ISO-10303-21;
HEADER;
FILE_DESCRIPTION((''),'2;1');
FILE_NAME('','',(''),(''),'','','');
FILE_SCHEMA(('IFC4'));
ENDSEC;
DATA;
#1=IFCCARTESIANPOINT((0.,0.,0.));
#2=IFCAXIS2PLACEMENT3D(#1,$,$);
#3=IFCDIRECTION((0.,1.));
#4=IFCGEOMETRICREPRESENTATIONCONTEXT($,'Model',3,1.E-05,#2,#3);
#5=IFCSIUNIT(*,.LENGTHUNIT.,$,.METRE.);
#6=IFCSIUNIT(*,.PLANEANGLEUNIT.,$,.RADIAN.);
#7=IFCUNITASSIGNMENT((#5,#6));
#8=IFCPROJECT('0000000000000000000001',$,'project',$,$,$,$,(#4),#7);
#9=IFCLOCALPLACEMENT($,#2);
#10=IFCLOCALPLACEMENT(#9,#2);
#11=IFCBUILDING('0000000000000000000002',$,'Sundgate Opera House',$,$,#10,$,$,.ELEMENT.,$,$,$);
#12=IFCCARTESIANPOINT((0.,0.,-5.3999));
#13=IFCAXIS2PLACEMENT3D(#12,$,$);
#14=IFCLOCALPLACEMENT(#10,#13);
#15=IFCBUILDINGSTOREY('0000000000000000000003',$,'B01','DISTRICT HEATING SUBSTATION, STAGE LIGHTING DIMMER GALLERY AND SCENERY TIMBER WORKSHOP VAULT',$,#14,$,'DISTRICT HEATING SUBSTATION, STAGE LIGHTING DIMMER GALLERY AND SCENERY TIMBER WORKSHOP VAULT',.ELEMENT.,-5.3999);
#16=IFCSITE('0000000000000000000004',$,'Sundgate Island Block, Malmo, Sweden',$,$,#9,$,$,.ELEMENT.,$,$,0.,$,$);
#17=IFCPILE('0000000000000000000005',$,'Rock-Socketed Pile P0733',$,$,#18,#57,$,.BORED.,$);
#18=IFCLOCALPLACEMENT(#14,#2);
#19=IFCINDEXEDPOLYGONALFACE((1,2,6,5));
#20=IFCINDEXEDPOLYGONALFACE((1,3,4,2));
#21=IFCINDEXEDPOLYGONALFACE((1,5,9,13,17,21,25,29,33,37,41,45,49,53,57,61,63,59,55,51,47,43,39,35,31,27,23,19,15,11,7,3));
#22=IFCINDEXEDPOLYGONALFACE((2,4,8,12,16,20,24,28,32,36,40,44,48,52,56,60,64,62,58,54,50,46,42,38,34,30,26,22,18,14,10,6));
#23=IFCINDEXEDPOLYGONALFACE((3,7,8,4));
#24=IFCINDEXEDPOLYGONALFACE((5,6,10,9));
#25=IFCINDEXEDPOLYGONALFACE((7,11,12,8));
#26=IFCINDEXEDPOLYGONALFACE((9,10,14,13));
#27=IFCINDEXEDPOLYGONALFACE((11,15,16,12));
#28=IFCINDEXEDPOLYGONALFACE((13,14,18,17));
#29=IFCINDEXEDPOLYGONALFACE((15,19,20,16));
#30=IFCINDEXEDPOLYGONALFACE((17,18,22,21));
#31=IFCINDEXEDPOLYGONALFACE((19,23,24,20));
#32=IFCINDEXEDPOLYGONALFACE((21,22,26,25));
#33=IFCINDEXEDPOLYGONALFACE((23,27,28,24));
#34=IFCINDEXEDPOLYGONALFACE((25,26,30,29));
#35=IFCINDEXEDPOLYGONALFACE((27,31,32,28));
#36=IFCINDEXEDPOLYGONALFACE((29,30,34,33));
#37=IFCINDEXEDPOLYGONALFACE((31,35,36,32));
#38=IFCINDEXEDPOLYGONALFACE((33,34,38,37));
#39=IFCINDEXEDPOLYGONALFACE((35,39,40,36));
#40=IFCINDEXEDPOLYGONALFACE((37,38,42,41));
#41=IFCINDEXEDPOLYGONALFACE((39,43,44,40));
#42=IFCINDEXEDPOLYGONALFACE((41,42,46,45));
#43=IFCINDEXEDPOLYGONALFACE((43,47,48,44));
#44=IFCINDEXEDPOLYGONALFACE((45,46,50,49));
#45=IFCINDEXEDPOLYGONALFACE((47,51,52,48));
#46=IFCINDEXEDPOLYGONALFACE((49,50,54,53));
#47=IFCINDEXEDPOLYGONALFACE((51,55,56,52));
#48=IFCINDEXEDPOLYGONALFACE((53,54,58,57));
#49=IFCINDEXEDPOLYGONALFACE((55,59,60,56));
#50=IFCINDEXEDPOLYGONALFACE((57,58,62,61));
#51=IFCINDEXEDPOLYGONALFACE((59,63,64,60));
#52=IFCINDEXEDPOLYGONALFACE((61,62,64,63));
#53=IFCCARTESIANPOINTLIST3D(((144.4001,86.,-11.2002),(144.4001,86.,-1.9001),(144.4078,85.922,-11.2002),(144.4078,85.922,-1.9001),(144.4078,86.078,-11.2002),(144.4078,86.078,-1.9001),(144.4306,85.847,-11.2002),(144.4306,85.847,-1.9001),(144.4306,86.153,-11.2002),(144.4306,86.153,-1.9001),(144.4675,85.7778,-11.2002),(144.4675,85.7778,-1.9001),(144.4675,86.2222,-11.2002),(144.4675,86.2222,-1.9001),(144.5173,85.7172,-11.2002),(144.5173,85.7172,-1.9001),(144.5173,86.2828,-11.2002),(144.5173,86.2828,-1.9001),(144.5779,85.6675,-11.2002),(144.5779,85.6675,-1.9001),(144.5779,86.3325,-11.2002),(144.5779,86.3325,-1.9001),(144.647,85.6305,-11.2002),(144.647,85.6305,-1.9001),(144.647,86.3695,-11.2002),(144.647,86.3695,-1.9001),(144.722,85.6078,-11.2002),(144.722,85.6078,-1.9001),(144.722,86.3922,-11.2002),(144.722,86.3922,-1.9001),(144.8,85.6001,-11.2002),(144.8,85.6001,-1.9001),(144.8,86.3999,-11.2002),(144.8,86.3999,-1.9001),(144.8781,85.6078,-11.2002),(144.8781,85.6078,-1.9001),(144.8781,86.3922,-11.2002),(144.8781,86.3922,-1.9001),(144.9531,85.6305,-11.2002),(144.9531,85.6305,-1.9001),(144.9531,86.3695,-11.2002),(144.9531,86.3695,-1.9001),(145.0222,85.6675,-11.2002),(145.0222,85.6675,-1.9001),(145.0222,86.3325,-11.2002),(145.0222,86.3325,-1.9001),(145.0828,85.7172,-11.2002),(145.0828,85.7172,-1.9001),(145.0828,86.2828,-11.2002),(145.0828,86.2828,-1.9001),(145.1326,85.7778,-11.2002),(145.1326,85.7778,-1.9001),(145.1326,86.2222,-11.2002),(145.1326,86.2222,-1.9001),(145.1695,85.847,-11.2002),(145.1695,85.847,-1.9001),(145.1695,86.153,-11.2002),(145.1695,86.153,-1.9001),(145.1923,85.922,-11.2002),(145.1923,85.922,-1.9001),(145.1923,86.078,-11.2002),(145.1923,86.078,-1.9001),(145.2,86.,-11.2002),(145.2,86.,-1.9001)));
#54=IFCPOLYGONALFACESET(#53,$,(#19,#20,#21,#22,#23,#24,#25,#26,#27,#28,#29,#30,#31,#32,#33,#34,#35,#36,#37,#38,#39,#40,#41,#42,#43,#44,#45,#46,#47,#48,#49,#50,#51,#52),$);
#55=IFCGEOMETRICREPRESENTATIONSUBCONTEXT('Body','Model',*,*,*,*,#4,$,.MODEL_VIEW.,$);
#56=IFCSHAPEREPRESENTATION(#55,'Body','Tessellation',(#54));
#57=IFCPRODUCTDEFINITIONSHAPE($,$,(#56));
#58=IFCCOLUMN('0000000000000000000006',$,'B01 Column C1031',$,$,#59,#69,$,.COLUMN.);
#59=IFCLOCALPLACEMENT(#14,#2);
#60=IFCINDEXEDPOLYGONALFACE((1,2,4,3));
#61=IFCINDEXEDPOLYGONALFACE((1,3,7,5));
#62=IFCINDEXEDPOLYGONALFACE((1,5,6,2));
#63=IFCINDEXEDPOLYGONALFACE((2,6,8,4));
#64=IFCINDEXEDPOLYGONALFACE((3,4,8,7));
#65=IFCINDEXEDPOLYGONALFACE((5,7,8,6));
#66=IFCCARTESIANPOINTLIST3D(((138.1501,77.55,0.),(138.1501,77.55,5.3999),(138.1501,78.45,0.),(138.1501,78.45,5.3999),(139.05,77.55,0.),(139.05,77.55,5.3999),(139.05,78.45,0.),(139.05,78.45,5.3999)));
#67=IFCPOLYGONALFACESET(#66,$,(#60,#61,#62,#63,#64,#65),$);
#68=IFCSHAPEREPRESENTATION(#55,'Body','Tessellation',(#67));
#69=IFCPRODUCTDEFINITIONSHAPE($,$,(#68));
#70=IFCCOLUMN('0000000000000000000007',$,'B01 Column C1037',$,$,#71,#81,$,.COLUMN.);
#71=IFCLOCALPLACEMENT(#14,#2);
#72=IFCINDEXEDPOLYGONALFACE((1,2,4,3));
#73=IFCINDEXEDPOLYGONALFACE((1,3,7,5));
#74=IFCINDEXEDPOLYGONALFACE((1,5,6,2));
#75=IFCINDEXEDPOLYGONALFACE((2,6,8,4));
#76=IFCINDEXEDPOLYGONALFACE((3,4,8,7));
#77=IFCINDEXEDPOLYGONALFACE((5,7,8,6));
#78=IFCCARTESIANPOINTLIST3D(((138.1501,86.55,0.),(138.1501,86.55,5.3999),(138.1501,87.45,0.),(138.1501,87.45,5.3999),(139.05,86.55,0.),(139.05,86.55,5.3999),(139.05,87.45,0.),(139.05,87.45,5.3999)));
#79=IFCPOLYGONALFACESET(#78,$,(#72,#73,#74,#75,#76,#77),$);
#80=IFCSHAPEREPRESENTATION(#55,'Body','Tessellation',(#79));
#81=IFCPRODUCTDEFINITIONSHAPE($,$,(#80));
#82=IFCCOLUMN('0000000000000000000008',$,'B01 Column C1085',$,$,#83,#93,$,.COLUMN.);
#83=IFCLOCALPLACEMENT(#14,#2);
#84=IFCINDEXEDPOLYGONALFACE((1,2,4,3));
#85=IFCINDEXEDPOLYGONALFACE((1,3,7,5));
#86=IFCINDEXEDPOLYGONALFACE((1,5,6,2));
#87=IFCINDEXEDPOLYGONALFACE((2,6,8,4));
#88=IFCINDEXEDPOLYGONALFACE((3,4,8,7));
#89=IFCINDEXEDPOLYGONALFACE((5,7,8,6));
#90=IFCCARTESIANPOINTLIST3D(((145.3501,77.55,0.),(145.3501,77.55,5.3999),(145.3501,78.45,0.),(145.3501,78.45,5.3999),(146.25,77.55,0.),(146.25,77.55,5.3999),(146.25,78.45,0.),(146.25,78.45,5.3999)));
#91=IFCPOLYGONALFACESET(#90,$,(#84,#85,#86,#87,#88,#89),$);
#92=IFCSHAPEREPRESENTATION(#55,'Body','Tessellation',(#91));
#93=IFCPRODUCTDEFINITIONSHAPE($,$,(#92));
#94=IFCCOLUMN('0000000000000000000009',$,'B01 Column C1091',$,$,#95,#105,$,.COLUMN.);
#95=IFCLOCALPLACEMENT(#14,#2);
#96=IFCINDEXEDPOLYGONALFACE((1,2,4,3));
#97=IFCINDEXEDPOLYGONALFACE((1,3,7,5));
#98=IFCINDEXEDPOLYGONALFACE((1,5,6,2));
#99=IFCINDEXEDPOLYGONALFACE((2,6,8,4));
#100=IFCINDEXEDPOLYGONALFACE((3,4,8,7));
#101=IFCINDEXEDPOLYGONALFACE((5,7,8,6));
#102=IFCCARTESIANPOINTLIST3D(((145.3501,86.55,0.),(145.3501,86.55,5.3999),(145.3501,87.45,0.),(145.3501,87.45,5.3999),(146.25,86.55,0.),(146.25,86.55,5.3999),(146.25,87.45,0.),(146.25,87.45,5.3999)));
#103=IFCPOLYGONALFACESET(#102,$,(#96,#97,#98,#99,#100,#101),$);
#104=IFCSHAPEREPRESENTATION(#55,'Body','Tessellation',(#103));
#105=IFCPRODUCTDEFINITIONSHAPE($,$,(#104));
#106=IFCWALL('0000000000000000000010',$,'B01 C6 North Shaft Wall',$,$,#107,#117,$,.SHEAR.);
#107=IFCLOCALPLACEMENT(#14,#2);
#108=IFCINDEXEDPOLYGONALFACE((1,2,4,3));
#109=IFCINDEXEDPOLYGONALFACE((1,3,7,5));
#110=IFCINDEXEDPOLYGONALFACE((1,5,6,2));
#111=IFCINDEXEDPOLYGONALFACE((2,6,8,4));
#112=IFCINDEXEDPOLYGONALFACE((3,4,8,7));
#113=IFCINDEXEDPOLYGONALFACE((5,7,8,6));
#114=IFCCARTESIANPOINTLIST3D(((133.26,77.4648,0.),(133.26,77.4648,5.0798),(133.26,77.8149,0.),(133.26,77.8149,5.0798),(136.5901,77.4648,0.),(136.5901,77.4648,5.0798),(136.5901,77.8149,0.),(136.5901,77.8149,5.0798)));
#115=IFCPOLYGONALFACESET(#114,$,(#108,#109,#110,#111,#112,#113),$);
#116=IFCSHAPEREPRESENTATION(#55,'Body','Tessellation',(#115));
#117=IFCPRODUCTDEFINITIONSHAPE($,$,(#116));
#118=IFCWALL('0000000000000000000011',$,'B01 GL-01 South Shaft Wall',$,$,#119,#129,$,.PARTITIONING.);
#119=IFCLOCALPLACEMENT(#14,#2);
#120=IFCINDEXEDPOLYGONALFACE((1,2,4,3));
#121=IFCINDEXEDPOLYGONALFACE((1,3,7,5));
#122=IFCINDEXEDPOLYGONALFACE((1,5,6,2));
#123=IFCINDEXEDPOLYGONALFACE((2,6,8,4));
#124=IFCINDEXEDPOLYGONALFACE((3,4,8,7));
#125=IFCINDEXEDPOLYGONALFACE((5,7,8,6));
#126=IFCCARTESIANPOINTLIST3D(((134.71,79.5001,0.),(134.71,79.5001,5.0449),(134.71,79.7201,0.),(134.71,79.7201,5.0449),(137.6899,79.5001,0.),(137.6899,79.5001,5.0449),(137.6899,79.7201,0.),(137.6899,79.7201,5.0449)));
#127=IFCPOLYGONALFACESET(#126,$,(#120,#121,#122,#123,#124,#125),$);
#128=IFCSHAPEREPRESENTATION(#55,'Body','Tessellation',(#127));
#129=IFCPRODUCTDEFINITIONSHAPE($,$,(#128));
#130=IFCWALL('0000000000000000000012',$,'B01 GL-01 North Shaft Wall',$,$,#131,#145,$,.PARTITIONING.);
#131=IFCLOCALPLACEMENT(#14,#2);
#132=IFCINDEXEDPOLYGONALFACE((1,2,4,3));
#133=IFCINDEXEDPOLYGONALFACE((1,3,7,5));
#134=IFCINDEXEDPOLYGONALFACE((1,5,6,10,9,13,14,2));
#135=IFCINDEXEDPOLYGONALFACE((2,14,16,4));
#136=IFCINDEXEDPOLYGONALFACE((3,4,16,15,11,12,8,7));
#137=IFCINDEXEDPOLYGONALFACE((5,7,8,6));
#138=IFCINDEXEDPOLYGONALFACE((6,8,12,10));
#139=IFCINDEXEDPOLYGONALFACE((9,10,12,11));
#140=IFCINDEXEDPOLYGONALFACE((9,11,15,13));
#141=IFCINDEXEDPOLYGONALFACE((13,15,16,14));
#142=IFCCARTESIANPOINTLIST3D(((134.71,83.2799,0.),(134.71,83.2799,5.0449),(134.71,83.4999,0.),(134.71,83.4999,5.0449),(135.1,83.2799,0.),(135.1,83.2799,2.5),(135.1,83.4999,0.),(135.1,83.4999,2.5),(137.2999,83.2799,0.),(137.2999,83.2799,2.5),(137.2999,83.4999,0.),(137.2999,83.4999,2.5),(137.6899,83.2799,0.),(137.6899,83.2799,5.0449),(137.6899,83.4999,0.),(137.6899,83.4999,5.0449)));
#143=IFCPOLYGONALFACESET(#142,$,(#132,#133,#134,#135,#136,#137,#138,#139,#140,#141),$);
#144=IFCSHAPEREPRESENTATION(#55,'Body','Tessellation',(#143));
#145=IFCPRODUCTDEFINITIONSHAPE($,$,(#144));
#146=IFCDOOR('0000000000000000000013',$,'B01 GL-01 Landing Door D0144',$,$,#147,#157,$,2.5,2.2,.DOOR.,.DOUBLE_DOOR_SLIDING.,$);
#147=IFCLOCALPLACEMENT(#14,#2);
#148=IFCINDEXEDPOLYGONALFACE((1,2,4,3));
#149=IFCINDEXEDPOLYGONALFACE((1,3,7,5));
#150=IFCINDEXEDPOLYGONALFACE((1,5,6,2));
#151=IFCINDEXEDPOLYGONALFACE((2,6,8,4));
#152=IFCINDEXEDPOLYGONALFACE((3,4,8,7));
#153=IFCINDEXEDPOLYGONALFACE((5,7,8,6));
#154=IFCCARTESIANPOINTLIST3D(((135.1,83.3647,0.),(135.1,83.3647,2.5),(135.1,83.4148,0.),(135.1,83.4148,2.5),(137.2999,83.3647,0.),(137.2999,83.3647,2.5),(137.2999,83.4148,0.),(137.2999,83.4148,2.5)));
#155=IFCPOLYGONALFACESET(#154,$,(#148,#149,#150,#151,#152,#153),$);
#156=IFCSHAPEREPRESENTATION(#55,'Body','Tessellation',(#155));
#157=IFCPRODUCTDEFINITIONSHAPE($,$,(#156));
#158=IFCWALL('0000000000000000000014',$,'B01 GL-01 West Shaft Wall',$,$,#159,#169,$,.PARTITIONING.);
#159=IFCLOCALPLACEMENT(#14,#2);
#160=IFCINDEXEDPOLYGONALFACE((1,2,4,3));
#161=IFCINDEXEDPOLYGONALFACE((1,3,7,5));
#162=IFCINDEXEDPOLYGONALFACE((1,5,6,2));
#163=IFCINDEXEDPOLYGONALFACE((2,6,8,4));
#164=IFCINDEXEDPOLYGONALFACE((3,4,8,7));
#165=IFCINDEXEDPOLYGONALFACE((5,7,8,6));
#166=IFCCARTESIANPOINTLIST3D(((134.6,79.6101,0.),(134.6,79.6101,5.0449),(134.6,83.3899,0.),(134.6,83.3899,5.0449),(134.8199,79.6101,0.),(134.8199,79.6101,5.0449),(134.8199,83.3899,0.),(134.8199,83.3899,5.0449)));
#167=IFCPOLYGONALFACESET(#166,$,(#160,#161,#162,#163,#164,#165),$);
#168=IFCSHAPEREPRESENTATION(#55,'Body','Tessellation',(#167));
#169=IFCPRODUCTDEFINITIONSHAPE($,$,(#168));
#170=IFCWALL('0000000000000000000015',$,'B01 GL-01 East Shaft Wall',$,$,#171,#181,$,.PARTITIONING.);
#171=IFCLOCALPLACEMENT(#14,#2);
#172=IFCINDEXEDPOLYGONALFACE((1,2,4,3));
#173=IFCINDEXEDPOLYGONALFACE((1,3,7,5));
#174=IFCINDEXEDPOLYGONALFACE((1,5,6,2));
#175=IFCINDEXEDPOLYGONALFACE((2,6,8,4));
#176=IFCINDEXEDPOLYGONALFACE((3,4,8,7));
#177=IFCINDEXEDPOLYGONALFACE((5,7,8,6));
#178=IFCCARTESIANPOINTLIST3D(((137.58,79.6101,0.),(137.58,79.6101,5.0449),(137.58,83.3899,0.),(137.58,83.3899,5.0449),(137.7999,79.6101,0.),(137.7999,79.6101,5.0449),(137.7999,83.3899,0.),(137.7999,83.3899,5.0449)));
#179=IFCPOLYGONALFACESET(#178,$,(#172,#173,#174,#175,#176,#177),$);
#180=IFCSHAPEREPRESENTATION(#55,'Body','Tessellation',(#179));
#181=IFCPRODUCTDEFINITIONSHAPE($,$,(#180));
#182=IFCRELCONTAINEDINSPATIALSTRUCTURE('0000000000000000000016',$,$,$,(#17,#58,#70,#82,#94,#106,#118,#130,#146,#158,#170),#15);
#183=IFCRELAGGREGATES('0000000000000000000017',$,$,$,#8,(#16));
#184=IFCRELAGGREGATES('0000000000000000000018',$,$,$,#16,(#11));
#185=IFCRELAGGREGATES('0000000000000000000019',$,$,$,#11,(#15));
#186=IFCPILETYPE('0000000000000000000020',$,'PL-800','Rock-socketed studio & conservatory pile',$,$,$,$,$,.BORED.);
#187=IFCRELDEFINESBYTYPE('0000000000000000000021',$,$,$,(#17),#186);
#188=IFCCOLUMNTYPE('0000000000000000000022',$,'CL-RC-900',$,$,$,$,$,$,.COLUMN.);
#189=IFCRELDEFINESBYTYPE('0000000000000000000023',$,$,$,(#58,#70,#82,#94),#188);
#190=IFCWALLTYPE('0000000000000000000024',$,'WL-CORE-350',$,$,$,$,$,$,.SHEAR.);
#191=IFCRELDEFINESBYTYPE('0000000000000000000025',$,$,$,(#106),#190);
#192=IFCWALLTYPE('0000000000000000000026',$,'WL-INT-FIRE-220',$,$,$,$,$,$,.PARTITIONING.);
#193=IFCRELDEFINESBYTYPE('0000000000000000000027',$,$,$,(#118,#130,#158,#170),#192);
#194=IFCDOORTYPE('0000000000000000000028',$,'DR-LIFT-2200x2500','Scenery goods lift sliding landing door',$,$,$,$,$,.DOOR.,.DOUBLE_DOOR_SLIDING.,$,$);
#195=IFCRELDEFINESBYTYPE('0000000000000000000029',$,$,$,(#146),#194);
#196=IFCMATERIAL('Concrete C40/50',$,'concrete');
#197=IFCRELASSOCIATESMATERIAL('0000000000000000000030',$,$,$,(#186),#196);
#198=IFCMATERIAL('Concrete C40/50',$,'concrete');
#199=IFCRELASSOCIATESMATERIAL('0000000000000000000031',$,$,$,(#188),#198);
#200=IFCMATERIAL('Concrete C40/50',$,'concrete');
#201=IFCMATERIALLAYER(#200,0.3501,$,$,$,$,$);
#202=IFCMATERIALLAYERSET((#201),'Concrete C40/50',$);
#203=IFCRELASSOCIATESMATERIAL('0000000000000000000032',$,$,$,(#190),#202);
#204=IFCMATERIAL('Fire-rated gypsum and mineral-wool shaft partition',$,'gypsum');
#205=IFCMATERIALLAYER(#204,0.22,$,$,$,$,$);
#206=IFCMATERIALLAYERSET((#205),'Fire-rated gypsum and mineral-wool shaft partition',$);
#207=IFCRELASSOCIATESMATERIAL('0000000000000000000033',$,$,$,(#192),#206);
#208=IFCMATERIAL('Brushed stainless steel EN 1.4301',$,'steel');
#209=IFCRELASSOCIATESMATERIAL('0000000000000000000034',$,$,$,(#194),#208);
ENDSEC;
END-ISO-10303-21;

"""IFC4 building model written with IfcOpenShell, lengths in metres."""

from ifc_helpers import new_model, si_unit, direction, frame, frame_2d, origin, origin_2d, place, context, subcontext, project, spatial, rectangle, circle, extrude, material, layer, layer_set, material_profile, profile_set, type_object, element, fill, save


model = new_model("IFC4")

# Units and contexts
model_context = context("Model", 3, precision=1e-05, world=origin(), true_north=direction((0.0, 1.0)))
body_context = subcontext(model_context, "Body", "Model", "MODEL_VIEW")
ifc_project = project(units=[si_unit("LENGTHUNIT", "METRE"), si_unit("PLANEANGLEUNIT", "RADIAN")], contexts=[model_context])

# Site, building, storey
site_placement = place(None, origin())
site = spatial("IfcSite", under=ifc_project, at=site_placement, Name="Sundgate Island Block, Malmo, Sweden", CompositionType="ELEMENT", RefElevation=0.0)
building_placement = place(site_placement, origin())
building = spatial("IfcBuilding", under=site, at=building_placement, Name="Sundgate Opera House", CompositionType="ELEMENT")
storey_placement = place(building_placement, frame((0.0, 0.0, -5.3999)))
storey = spatial("IfcBuildingStorey", under=building, at=storey_placement, Name="B01", Description="DISTRICT HEATING SUBSTATION, STAGE LIGHTING DIMMER GALLERY AND SCENERY TIMBER WORKSHOP VAULT", LongName="DISTRICT HEATING SUBSTATION, STAGE LIGHTING DIMMER GALLERY AND SCENERY TIMBER WORKSHOP VAULT", CompositionType="ELEMENT", Elevation=-5.3999)

# Pile
ifc_material_1 = material(Name="Concrete C40/50", Category="concrete")
ifc_material_profile_1 = material_profile(ifc_material_1, circle(Radius=0.3999, at=origin_2d()), Name="PILE D800")
ifc_profile_set_1 = profile_set([ifc_material_profile_1], Name="Concrete C40/50")
pile_type = type_object("IfcPileType", Name="PL-800", Description="Rock-socketed studio & conservatory pile", PredefinedType="BORED", material=ifc_profile_set_1)
for number, where, z_axis, x_axis, name in (
    (1, (144.8, 86.0, -1.9001), (0.0, 0.0, -1.0), (1.0, 0.0, 0.0), "Rock-Socketed Pile P0733"),
):
    element("IfcPile", number, at=place(storey_placement, frame(where, z_axis=z_axis, x_axis=x_axis)), inside=storey, type_object=pile_type, Name=name, PredefinedType="BORED", context=body_context, shape_type="SweptSolid", body=[
        extrude(circle(Radius=0.3999, at=origin_2d()), origin(), (0.0, 0.0, 1.0), 9.3),
    ])

# Columns
ifc_material_2 = material(Name="Concrete C40/50", Category="concrete")
ifc_material_profile_2 = material_profile(ifc_material_2, rectangle(XDim=0.8999, YDim=0.8999, at=origin_2d()), Name="RC 900x900")
ifc_profile_set_2 = profile_set([ifc_material_profile_2], Name="Concrete C40/50")
column_type = type_object("IfcColumnType", Name="CL-RC-900", PredefinedType="COLUMN", material=ifc_profile_set_2)
for number, where, z_axis, x_axis, name in (
    (2, (138.6001, 78.0, 0.0), (0.0, 0.0, 1.0), (1.0, 0.0, 0.0), "B01 Column C1031"),
    (3, (138.6001, 87.0, 0.0), (0.0, 0.0, 1.0), (1.0, 0.0, 0.0), "B01 Column C1037"),
    (4, (145.8, 78.0, 0.0), (0.0, 0.0, 1.0), (1.0, 0.0, 0.0), "B01 Column C1085"),
    (5, (145.8, 87.0, 0.0), (0.0, 0.0, 1.0), (1.0, 0.0, 0.0), "B01 Column C1091"),
):
    element("IfcColumn", number, at=place(storey_placement, frame(where, z_axis=z_axis, x_axis=x_axis)), inside=storey, type_object=column_type, Name=name, PredefinedType="COLUMN", context=body_context, shape_type="SweptSolid", body=[
        extrude(rectangle(XDim=0.8999, YDim=0.8999, at=origin_2d()), origin(), (0.0, 0.0, 1.0), 5.3999),
    ])

# Walls
ifc_material_3 = material(Name="Concrete C40/50", Category="concrete")
ifc_layer_1 = layer(ifc_material_3, 0.3501)
ifc_layer_set_1 = layer_set([ifc_layer_1], Name="Concrete C40/50")
wall_type_1 = type_object("IfcWallType", Name="WL-CORE-350", PredefinedType="SHEAR", material=ifc_layer_set_1)
wall_1_placement = place(storey_placement, frame((133.26, 77.6399, 0.0), z_axis=(0.0, 0.0, 1.0), x_axis=(1.0, 0.0, 0.0)))
element("IfcWall", 6, at=wall_1_placement, inside=storey, type_object=wall_type_1, Name="B01 C6 North Shaft Wall", PredefinedType="SHEAR", context=body_context, shape_type="SweptSolid", body=[
    extrude(rectangle(XDim=3.3301, YDim=0.3501, at=frame_2d((1.665, 0.0))), origin(), (0.0, 0.0, 1.0), 5.0798),
])
ifc_material_4 = material(Name="Fire-rated gypsum and mineral-wool shaft partition", Category="gypsum")
ifc_layer_2 = layer(ifc_material_4, 0.22)
ifc_layer_set_2 = layer_set([ifc_layer_2], Name="Fire-rated gypsum and mineral-wool shaft partition")
wall_type_2 = type_object("IfcWallType", Name="WL-INT-FIRE-220", PredefinedType="PARTITIONING", material=ifc_layer_set_2)
wall_2_placement = place(storey_placement, frame((134.71, 79.6101, 0.0), z_axis=(0.0, 0.0, 1.0), x_axis=(1.0, 0.0, 0.0)))
element("IfcWall", 7, at=wall_2_placement, inside=storey, type_object=wall_type_2, Name="B01 GL-01 South Shaft Wall", PredefinedType="PARTITIONING", context=body_context, shape_type="SweptSolid", body=[
    extrude(rectangle(XDim=2.98, YDim=0.22, at=frame_2d((1.49, 0.0))), origin(), (0.0, 0.0, 1.0), 5.0449),
])

# Wall, opening, door
wall_3_placement = place(storey_placement, frame((134.71, 83.3899, 0.0), z_axis=(0.0, 0.0, 1.0), x_axis=(1.0, 0.0, 0.0)))
wall_3 = element("IfcWall", 8, at=wall_3_placement, inside=storey, type_object=wall_type_2, Name="B01 GL-01 North Shaft Wall", PredefinedType="PARTITIONING", context=body_context, shape_type="SweptSolid", body=[
    extrude(rectangle(XDim=2.98, YDim=0.22, at=frame_2d((1.49, 0.0))), origin(), (0.0, 0.0, 1.0), 5.0449),
])
opening_placement = place(wall_3_placement, frame((0.3899, 0.0, 0.0)))
opening = element("IfcOpeningElement", 9, at=opening_placement, cuts=wall_3, PredefinedType="OPENING", context=body_context, shape_type="SweptSolid", body=[
    extrude(rectangle(XDim=2.2, YDim=2.5, at=frame_2d((1.1001, 1.25))), frame((0.0, 0.1199, 0.0), z_axis=(0.0, -1.0, 0.0), x_axis=(1.0, 0.0, 0.0)), (0.0, 0.0, 1.0), 0.24),
])
ifc_material_5 = material(Name="Brushed stainless steel EN 1.4301", Category="steel")
door_type = type_object("IfcDoorType", Name="DR-LIFT-2200x2500", Description="Scenery goods lift sliding landing door", OperationType="DOUBLE_DOOR_SLIDING", PredefinedType="DOOR", material=ifc_material_5)
door_placement = place(opening_placement, origin())
door = element("IfcDoor", 10, at=door_placement, inside=storey, type_object=door_type, Name="B01 GL-01 Landing Door D0144", OperationType="DOUBLE_DOOR_SLIDING", OverallHeight=2.5, OverallWidth=2.2, PredefinedType="DOOR", context=body_context, shape_type="SweptSolid", body=[
    extrude(rectangle(XDim=2.2, YDim=2.5, at=frame_2d((1.1001, 1.25))), frame((0.0, 0.0249, 0.0), z_axis=(0.0, -1.0, 0.0), x_axis=(1.0, 0.0, 0.0)), (0.0, 0.0, 1.0), 0.05),
])
fill(opening, door)

# Walls
for number, where, z_axis, x_axis, name in (
    (11, (134.71, 79.6101, 0.0), (0.0, 0.0, 1.0), (0.0, 1.0, 0.0), "B01 GL-01 West Shaft Wall"),
    (12, (137.6899, 79.6101, 0.0), (0.0, 0.0, 1.0), (0.0, 1.0, 0.0), "B01 GL-01 East Shaft Wall"),
):
    element("IfcWall", number, at=place(storey_placement, frame(where, z_axis=z_axis, x_axis=x_axis)), inside=storey, type_object=wall_type_2, Name=name, PredefinedType="PARTITIONING", context=body_context, shape_type="SweptSolid", body=[
        extrude(rectangle(XDim=3.7798, YDim=0.22, at=frame_2d((1.8899, 0.0))), origin(), (0.0, 0.0, 1.0), 5.0449),
    ])

save(model, "model.ifc")
